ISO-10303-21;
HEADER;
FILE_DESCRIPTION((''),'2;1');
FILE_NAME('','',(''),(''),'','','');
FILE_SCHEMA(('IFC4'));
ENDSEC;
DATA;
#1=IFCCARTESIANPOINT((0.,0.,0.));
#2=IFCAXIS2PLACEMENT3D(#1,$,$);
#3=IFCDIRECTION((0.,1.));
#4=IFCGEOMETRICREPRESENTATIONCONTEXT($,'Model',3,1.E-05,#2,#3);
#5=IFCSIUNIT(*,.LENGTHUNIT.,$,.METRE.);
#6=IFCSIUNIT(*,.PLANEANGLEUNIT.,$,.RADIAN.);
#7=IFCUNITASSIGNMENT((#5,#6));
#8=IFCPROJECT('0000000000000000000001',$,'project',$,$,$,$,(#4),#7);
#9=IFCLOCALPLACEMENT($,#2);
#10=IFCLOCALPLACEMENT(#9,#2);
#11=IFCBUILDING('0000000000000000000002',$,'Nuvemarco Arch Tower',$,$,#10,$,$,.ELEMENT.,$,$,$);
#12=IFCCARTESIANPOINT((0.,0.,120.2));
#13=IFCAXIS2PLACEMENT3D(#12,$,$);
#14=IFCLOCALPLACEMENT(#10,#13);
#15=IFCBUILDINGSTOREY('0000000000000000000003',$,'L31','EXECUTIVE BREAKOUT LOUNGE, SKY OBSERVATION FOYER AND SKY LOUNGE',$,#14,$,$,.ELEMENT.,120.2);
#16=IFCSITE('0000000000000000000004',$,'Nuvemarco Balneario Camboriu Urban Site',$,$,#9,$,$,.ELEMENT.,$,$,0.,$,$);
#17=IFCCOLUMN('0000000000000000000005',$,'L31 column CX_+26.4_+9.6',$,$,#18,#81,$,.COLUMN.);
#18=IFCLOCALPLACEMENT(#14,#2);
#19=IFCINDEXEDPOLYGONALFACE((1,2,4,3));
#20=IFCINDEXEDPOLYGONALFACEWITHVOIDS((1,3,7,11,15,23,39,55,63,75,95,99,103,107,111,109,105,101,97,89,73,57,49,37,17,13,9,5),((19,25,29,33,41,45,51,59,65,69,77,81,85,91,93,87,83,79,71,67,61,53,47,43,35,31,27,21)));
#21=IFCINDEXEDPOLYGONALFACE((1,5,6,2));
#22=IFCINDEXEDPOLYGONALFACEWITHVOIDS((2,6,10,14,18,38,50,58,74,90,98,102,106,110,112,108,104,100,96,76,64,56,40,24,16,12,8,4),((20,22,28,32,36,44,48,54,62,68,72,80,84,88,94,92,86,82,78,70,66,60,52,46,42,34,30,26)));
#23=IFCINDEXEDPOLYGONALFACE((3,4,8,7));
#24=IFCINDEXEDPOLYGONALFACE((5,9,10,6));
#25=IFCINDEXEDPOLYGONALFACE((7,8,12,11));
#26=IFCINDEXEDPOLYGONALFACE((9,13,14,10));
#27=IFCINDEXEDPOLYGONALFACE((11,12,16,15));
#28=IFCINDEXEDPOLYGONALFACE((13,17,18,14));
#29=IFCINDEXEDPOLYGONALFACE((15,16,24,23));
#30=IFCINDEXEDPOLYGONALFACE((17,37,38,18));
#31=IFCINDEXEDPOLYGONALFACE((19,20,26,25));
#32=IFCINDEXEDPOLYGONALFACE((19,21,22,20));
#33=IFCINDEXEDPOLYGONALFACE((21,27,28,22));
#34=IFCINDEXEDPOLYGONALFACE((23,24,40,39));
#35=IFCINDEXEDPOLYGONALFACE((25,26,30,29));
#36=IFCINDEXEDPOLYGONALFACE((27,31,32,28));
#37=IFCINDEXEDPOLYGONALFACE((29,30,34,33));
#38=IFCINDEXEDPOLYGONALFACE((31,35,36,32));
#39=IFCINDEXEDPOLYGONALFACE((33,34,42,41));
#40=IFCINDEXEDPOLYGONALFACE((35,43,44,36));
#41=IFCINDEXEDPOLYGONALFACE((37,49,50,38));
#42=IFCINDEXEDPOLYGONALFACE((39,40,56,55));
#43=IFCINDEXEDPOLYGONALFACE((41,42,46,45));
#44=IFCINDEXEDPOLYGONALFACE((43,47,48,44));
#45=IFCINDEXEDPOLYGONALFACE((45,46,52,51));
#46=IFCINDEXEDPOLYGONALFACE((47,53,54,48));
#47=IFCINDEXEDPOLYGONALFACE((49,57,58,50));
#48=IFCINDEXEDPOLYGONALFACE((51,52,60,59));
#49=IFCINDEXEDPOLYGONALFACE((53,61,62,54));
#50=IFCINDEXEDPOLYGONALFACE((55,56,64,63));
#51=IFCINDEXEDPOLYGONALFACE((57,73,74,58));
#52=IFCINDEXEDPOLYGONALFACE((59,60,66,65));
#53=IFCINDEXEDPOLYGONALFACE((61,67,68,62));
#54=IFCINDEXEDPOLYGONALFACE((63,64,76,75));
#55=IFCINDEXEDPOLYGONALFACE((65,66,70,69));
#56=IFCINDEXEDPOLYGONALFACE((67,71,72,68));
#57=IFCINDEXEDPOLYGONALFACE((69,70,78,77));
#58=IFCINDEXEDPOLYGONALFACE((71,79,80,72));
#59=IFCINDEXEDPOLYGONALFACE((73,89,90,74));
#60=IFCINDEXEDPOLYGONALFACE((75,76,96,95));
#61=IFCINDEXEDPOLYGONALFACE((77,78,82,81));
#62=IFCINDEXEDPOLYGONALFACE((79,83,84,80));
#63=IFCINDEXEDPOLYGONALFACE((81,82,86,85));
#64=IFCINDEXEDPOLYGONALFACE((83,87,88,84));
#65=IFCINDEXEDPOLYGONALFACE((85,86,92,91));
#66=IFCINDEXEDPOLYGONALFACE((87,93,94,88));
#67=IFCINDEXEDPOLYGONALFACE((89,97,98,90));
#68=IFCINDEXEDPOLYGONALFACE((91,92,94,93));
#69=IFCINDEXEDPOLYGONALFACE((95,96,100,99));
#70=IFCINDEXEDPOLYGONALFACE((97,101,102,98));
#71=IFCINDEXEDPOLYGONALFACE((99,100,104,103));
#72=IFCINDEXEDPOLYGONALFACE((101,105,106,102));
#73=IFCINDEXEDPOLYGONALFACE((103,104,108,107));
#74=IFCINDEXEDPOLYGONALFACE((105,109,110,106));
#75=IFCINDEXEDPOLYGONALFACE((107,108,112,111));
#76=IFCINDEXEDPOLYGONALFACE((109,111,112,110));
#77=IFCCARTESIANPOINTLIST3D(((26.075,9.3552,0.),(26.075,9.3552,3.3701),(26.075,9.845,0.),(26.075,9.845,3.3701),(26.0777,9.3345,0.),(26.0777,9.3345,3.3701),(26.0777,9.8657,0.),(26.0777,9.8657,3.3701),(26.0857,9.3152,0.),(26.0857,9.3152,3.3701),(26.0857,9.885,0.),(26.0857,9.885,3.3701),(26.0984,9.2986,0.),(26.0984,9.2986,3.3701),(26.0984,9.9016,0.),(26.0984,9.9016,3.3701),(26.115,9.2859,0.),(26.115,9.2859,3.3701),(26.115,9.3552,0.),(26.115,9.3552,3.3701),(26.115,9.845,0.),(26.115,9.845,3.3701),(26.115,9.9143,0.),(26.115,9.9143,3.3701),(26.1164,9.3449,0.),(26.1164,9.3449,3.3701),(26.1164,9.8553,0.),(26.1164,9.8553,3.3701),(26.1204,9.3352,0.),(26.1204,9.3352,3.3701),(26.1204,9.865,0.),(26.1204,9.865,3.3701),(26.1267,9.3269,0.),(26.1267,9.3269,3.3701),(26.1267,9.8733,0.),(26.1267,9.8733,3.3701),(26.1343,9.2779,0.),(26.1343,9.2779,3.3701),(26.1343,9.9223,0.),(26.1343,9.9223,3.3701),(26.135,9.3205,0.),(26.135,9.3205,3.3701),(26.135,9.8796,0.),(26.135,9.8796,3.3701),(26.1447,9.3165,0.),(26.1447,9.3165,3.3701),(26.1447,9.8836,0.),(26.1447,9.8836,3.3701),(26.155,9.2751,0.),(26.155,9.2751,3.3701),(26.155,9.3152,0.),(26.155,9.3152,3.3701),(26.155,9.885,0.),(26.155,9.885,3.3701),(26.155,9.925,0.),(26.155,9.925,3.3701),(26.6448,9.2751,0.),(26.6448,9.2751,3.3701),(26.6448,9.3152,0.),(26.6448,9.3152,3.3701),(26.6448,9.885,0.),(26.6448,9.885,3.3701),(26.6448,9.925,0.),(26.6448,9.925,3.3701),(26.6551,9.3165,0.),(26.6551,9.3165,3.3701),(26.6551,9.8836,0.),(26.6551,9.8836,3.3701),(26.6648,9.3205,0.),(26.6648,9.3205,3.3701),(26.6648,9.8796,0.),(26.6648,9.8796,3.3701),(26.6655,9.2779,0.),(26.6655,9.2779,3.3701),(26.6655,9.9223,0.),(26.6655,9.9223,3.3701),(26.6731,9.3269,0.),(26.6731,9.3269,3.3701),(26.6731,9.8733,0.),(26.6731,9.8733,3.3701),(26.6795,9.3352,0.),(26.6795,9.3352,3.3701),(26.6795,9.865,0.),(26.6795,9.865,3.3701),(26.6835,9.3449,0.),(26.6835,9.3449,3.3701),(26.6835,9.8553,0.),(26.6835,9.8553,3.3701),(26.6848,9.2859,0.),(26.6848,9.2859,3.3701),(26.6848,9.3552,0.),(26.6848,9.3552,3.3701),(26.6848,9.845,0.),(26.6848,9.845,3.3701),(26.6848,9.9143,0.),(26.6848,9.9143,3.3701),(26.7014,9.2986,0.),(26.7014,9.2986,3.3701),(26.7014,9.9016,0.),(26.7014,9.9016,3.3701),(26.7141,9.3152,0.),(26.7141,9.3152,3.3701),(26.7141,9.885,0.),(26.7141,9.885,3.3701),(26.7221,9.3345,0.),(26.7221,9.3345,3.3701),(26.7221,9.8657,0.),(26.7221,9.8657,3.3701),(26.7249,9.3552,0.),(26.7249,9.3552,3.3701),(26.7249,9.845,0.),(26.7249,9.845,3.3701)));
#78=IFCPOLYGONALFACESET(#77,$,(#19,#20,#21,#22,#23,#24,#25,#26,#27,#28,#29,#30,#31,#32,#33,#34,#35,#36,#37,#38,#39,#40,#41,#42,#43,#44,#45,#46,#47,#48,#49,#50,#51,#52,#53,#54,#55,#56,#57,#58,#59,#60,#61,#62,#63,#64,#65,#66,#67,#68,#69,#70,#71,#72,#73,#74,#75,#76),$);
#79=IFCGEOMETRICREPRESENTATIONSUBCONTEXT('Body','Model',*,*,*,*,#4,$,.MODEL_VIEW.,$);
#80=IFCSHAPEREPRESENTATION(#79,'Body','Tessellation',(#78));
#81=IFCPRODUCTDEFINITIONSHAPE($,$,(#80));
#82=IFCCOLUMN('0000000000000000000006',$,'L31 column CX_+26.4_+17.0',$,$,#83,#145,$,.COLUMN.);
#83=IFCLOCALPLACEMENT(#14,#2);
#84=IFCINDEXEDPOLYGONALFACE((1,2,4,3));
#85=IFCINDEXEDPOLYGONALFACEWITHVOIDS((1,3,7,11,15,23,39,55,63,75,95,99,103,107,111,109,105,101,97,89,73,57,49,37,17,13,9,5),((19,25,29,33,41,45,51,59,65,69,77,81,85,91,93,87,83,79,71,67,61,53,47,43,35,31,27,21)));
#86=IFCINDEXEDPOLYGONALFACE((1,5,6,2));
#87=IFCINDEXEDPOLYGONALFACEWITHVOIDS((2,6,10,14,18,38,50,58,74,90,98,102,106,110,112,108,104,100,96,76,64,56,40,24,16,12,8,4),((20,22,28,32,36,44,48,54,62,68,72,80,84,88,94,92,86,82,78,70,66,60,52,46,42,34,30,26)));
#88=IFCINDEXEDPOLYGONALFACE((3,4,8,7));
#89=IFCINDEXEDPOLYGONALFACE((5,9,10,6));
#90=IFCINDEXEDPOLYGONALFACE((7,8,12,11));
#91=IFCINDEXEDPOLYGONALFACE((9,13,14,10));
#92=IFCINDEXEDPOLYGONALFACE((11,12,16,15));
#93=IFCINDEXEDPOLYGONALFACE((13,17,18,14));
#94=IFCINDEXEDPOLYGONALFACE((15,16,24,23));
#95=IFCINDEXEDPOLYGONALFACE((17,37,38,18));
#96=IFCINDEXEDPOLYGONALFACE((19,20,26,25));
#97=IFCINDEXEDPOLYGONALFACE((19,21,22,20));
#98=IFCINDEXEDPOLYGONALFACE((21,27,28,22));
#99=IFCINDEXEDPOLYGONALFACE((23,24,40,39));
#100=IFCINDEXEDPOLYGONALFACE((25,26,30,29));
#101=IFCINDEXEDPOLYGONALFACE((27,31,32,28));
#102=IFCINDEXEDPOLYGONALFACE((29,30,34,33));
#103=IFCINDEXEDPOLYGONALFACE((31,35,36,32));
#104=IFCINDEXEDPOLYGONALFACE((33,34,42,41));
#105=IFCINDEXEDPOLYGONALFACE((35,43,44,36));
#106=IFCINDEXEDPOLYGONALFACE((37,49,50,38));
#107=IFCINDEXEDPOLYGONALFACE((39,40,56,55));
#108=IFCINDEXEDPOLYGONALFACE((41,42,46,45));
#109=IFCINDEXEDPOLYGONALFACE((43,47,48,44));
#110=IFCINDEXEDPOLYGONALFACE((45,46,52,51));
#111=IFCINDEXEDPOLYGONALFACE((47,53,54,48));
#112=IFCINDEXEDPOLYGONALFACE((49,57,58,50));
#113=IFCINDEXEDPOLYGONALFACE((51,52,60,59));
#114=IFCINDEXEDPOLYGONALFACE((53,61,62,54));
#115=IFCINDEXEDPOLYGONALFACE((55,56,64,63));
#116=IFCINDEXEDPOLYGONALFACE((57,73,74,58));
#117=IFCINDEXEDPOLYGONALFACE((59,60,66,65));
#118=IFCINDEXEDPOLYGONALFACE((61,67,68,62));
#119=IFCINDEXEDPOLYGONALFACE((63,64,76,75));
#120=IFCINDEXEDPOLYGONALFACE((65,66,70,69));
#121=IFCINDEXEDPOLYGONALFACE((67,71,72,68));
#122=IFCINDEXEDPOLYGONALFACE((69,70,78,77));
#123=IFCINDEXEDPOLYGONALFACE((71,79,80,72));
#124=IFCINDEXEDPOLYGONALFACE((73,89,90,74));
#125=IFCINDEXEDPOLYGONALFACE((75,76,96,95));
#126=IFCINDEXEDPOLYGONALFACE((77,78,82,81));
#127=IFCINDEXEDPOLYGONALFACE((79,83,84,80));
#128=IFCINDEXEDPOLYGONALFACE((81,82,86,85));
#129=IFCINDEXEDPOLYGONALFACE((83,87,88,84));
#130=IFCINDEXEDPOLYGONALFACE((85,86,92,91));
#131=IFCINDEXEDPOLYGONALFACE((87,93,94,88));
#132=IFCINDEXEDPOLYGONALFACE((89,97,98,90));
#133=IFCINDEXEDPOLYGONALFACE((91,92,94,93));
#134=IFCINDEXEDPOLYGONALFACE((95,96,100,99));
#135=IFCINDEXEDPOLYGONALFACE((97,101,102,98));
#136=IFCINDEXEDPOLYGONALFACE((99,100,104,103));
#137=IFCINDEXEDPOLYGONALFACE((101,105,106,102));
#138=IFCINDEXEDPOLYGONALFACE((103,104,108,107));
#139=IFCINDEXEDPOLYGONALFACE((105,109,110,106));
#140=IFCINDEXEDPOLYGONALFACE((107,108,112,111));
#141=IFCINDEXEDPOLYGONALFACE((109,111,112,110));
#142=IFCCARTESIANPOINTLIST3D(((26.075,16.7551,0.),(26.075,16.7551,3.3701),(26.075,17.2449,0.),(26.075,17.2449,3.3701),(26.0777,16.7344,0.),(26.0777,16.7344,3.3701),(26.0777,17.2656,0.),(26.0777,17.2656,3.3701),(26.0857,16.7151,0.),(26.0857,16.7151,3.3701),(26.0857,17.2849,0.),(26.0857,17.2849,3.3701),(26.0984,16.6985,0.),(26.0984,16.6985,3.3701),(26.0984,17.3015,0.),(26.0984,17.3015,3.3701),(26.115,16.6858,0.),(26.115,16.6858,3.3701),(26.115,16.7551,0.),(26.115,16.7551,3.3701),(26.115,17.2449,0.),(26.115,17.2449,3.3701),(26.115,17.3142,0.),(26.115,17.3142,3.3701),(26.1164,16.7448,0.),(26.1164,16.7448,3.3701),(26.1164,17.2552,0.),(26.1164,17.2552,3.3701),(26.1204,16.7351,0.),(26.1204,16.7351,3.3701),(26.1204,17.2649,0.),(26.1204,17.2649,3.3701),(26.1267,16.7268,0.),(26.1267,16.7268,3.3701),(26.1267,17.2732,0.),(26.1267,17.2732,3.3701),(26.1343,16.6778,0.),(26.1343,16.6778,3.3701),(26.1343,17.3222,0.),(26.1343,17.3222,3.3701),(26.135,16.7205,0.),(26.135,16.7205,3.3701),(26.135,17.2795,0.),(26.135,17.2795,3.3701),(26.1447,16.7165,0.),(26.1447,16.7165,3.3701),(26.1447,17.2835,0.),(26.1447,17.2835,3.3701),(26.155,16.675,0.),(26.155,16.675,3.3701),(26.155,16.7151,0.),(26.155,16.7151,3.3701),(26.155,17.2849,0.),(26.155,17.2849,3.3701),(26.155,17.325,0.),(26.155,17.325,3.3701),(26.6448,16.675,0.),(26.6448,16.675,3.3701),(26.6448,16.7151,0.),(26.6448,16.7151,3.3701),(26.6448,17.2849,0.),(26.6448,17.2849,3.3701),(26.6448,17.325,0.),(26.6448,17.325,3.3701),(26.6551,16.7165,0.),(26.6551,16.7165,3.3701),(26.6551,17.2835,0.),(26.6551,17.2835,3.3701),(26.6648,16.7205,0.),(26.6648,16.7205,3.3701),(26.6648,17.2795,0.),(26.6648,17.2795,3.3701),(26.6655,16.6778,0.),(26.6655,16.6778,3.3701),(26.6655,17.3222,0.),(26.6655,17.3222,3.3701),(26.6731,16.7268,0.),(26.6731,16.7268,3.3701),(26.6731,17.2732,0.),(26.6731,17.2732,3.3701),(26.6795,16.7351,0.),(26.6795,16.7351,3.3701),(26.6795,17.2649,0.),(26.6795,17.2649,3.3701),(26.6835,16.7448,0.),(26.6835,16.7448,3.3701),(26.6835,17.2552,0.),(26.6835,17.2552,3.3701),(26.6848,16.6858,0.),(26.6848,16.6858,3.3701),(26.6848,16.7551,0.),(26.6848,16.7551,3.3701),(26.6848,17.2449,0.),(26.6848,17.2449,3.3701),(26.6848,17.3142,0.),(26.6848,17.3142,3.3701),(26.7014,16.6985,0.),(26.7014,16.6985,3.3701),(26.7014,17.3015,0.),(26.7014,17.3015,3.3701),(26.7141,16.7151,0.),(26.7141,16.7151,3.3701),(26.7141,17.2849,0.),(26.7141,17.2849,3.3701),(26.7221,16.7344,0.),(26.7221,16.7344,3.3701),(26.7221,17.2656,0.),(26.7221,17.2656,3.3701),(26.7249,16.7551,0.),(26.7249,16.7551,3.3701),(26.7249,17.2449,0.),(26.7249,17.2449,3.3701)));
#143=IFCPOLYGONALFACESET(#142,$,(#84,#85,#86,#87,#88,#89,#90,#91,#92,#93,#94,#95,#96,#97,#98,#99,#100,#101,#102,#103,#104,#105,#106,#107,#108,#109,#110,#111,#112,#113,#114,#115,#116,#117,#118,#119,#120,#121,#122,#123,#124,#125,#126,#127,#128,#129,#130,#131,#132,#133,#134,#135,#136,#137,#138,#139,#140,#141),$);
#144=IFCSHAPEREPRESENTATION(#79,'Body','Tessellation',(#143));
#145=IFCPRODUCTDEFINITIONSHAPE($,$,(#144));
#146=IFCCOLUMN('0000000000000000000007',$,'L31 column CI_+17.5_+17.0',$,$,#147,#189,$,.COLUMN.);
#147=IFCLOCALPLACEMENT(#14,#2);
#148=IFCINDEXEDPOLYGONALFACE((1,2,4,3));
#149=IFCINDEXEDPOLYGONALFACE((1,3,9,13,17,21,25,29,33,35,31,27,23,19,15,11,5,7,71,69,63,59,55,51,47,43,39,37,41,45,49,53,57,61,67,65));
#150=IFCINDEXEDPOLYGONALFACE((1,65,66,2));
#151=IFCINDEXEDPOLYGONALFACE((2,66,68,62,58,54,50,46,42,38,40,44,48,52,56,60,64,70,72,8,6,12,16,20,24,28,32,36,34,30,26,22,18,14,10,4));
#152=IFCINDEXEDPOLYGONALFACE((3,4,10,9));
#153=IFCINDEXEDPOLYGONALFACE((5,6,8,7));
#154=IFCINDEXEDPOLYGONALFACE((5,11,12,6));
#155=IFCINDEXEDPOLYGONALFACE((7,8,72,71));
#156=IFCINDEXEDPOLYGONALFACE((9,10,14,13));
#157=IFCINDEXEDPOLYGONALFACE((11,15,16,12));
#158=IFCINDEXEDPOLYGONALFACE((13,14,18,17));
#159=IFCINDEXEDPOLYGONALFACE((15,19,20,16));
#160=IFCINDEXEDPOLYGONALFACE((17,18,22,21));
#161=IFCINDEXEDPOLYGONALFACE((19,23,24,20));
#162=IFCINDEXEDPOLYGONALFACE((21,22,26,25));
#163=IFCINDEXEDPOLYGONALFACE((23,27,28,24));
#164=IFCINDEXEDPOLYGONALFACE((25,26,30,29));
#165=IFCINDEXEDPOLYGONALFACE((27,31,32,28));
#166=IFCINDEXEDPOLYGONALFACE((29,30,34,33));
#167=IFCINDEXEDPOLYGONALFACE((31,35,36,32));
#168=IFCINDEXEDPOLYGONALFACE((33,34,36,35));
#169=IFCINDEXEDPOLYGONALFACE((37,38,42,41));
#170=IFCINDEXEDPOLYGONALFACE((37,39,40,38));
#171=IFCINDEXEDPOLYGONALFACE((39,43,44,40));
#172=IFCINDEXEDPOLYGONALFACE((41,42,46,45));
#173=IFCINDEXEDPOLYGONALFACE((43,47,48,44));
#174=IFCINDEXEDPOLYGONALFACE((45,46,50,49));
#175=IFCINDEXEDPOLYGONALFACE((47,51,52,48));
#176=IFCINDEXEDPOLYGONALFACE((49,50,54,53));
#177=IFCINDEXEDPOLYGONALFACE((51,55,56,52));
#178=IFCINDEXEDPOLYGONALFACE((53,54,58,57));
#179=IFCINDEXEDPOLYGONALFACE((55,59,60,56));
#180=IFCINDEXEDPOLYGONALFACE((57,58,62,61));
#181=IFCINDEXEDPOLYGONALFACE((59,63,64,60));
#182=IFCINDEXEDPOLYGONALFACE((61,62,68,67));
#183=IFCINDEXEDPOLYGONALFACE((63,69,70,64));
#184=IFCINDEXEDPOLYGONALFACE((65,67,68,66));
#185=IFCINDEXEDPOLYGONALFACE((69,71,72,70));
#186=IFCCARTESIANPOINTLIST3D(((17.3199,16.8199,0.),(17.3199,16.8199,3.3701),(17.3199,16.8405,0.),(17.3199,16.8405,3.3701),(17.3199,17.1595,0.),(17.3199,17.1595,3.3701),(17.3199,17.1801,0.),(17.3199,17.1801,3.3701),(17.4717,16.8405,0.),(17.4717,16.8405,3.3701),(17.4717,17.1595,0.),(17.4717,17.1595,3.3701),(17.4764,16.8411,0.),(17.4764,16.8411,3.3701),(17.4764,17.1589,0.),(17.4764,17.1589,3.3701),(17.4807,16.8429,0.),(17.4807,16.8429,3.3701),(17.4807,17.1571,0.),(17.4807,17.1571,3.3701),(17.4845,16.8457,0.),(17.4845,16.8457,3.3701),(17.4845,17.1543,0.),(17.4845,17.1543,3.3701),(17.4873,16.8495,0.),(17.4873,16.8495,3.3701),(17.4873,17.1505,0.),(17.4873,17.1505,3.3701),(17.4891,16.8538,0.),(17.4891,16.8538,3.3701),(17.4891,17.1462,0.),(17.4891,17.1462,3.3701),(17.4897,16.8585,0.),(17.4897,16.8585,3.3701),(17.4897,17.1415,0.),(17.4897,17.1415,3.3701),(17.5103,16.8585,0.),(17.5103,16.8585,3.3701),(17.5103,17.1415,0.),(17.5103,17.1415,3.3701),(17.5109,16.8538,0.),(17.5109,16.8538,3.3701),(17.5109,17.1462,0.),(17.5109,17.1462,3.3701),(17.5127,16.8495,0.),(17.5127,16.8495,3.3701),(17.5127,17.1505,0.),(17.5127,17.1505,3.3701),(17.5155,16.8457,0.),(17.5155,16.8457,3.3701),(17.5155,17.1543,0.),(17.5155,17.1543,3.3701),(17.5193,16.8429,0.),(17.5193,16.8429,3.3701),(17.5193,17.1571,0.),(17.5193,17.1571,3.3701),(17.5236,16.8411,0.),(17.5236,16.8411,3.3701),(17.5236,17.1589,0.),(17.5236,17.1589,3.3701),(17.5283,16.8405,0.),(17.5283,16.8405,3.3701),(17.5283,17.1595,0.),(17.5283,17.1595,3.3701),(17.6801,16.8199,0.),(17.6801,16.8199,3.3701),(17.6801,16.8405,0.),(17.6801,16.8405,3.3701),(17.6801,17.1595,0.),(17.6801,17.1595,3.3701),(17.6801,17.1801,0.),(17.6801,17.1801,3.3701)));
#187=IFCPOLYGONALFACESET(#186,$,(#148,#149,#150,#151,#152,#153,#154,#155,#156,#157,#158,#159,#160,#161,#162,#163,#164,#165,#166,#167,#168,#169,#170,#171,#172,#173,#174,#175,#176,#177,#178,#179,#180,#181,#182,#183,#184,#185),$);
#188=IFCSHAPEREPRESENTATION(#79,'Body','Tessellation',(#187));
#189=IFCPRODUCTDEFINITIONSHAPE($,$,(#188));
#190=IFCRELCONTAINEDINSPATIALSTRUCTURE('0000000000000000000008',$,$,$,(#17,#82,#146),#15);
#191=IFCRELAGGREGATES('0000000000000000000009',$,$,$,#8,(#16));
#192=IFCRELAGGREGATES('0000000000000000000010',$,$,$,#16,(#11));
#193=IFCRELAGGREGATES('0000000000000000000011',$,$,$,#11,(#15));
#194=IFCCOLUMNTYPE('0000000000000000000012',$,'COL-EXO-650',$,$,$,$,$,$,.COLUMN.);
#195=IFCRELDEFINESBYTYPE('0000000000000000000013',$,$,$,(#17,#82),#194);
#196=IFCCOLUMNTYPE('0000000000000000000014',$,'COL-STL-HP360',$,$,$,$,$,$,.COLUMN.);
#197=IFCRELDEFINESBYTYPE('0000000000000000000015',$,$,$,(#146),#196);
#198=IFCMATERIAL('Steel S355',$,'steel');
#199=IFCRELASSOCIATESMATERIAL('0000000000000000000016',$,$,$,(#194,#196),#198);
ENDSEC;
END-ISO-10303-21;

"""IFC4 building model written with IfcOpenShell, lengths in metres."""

from ifc_helpers import new_model, si_unit, direction, frame, origin, origin_2d, place, context, subcontext, project, spatial, hollow_rectangle, i_section, extrude, material, material_profile, profile_set, type_object, element, save


model = new_model("IFC4")

# Units and contexts
model_context = context("Model", 3, precision=1e-05, world=origin(), true_north=direction((0.0, 1.0)))
body_context = subcontext(model_context, "Body", "Model", "MODEL_VIEW")
ifc_project = project(units=[si_unit("LENGTHUNIT", "METRE"), si_unit("PLANEANGLEUNIT", "RADIAN")], contexts=[model_context])

# Site, building, storey
site_placement = place(None, origin())
site = spatial("IfcSite", under=ifc_project, at=site_placement, Name="Nuvemarco Balneario Camboriu Urban Site", CompositionType="ELEMENT", RefElevation=0.0)
building_placement = place(site_placement, origin())
building = spatial("IfcBuilding", under=site, at=building_placement, Name="Nuvemarco Arch Tower", CompositionType="ELEMENT")
storey_placement = place(building_placement, frame((0.0, 0.0, 120.2)))
storey = spatial("IfcBuildingStorey", under=building, at=storey_placement, Name="L31", Description="EXECUTIVE BREAKOUT LOUNGE, SKY OBSERVATION FOYER AND SKY LOUNGE", CompositionType="ELEMENT", Elevation=120.2)

# Columns
ifc_material_1 = material(Name="Steel S355", Category="steel")
ifc_material_profile_1 = material_profile(ifc_material_1, hollow_rectangle(XDim=0.6499, YDim=0.6499, WallThickness=0.04, InnerFilletRadius=0.04, OuterFilletRadius=0.0801, at=origin_2d()), Name="SHS650x650x40")
ifc_profile_set_1 = profile_set([ifc_material_profile_1], Name="Steel S355")
column_type_1 = type_object("IfcColumnType", Name="COL-EXO-650", PredefinedType="COLUMN", material=ifc_profile_set_1)
for number, where, z_axis, x_axis, name in (
    (1, (26.3999, 9.6001, 0.0), (0.0, 0.0, 1.0), (1.0, 0.0, 0.0), "L31 column CX_+26.4_+9.6"),
    (2, (26.3999, 17.0, 0.0), (0.0, 0.0, 1.0), (1.0, 0.0, 0.0), "L31 column CX_+26.4_+17.0"),
):
    element("IfcColumn", number, at=place(storey_placement, frame(where, z_axis=z_axis, x_axis=x_axis)), inside=storey, type_object=column_type_1, Name=name, PredefinedType="COLUMN", context=body_context, shape_type="SweptSolid", body=[
        extrude(hollow_rectangle(XDim=0.6499, YDim=0.6499, WallThickness=0.04, InnerFilletRadius=0.04, OuterFilletRadius=0.0801, at=origin_2d()), origin(), (0.0, 0.0, 1.0), 3.3701),
    ])
ifc_material_profile_2 = material_profile(ifc_material_1, i_section(OverallWidth=0.3601, OverallDepth=0.3601, WebThickness=0.0205, FlangeThickness=0.0205, FilletRadius=0.0181, at=origin_2d()), Name="HP360x174")
ifc_profile_set_2 = profile_set([ifc_material_profile_2], Name="Steel S355")
column_type_2 = type_object("IfcColumnType", Name="COL-STL-HP360", PredefinedType="COLUMN", material=ifc_profile_set_2)
column_placement = place(storey_placement, frame((17.5, 17.0, 0.0), z_axis=(0.0, 0.0, 1.0), x_axis=(1.0, 0.0, 0.0)))
element("IfcColumn", 3, at=column_placement, inside=storey, type_object=column_type_2, Name="L31 column CI_+17.5_+17.0", PredefinedType="COLUMN", context=body_context, shape_type="SweptSolid", body=[
    extrude(i_section(OverallWidth=0.3601, OverallDepth=0.3601, WebThickness=0.0205, FlangeThickness=0.0205, FilletRadius=0.0181, at=origin_2d()), origin(), (0.0, 0.0, 1.0), 3.3701),
])

save(model, "model.ifc")
